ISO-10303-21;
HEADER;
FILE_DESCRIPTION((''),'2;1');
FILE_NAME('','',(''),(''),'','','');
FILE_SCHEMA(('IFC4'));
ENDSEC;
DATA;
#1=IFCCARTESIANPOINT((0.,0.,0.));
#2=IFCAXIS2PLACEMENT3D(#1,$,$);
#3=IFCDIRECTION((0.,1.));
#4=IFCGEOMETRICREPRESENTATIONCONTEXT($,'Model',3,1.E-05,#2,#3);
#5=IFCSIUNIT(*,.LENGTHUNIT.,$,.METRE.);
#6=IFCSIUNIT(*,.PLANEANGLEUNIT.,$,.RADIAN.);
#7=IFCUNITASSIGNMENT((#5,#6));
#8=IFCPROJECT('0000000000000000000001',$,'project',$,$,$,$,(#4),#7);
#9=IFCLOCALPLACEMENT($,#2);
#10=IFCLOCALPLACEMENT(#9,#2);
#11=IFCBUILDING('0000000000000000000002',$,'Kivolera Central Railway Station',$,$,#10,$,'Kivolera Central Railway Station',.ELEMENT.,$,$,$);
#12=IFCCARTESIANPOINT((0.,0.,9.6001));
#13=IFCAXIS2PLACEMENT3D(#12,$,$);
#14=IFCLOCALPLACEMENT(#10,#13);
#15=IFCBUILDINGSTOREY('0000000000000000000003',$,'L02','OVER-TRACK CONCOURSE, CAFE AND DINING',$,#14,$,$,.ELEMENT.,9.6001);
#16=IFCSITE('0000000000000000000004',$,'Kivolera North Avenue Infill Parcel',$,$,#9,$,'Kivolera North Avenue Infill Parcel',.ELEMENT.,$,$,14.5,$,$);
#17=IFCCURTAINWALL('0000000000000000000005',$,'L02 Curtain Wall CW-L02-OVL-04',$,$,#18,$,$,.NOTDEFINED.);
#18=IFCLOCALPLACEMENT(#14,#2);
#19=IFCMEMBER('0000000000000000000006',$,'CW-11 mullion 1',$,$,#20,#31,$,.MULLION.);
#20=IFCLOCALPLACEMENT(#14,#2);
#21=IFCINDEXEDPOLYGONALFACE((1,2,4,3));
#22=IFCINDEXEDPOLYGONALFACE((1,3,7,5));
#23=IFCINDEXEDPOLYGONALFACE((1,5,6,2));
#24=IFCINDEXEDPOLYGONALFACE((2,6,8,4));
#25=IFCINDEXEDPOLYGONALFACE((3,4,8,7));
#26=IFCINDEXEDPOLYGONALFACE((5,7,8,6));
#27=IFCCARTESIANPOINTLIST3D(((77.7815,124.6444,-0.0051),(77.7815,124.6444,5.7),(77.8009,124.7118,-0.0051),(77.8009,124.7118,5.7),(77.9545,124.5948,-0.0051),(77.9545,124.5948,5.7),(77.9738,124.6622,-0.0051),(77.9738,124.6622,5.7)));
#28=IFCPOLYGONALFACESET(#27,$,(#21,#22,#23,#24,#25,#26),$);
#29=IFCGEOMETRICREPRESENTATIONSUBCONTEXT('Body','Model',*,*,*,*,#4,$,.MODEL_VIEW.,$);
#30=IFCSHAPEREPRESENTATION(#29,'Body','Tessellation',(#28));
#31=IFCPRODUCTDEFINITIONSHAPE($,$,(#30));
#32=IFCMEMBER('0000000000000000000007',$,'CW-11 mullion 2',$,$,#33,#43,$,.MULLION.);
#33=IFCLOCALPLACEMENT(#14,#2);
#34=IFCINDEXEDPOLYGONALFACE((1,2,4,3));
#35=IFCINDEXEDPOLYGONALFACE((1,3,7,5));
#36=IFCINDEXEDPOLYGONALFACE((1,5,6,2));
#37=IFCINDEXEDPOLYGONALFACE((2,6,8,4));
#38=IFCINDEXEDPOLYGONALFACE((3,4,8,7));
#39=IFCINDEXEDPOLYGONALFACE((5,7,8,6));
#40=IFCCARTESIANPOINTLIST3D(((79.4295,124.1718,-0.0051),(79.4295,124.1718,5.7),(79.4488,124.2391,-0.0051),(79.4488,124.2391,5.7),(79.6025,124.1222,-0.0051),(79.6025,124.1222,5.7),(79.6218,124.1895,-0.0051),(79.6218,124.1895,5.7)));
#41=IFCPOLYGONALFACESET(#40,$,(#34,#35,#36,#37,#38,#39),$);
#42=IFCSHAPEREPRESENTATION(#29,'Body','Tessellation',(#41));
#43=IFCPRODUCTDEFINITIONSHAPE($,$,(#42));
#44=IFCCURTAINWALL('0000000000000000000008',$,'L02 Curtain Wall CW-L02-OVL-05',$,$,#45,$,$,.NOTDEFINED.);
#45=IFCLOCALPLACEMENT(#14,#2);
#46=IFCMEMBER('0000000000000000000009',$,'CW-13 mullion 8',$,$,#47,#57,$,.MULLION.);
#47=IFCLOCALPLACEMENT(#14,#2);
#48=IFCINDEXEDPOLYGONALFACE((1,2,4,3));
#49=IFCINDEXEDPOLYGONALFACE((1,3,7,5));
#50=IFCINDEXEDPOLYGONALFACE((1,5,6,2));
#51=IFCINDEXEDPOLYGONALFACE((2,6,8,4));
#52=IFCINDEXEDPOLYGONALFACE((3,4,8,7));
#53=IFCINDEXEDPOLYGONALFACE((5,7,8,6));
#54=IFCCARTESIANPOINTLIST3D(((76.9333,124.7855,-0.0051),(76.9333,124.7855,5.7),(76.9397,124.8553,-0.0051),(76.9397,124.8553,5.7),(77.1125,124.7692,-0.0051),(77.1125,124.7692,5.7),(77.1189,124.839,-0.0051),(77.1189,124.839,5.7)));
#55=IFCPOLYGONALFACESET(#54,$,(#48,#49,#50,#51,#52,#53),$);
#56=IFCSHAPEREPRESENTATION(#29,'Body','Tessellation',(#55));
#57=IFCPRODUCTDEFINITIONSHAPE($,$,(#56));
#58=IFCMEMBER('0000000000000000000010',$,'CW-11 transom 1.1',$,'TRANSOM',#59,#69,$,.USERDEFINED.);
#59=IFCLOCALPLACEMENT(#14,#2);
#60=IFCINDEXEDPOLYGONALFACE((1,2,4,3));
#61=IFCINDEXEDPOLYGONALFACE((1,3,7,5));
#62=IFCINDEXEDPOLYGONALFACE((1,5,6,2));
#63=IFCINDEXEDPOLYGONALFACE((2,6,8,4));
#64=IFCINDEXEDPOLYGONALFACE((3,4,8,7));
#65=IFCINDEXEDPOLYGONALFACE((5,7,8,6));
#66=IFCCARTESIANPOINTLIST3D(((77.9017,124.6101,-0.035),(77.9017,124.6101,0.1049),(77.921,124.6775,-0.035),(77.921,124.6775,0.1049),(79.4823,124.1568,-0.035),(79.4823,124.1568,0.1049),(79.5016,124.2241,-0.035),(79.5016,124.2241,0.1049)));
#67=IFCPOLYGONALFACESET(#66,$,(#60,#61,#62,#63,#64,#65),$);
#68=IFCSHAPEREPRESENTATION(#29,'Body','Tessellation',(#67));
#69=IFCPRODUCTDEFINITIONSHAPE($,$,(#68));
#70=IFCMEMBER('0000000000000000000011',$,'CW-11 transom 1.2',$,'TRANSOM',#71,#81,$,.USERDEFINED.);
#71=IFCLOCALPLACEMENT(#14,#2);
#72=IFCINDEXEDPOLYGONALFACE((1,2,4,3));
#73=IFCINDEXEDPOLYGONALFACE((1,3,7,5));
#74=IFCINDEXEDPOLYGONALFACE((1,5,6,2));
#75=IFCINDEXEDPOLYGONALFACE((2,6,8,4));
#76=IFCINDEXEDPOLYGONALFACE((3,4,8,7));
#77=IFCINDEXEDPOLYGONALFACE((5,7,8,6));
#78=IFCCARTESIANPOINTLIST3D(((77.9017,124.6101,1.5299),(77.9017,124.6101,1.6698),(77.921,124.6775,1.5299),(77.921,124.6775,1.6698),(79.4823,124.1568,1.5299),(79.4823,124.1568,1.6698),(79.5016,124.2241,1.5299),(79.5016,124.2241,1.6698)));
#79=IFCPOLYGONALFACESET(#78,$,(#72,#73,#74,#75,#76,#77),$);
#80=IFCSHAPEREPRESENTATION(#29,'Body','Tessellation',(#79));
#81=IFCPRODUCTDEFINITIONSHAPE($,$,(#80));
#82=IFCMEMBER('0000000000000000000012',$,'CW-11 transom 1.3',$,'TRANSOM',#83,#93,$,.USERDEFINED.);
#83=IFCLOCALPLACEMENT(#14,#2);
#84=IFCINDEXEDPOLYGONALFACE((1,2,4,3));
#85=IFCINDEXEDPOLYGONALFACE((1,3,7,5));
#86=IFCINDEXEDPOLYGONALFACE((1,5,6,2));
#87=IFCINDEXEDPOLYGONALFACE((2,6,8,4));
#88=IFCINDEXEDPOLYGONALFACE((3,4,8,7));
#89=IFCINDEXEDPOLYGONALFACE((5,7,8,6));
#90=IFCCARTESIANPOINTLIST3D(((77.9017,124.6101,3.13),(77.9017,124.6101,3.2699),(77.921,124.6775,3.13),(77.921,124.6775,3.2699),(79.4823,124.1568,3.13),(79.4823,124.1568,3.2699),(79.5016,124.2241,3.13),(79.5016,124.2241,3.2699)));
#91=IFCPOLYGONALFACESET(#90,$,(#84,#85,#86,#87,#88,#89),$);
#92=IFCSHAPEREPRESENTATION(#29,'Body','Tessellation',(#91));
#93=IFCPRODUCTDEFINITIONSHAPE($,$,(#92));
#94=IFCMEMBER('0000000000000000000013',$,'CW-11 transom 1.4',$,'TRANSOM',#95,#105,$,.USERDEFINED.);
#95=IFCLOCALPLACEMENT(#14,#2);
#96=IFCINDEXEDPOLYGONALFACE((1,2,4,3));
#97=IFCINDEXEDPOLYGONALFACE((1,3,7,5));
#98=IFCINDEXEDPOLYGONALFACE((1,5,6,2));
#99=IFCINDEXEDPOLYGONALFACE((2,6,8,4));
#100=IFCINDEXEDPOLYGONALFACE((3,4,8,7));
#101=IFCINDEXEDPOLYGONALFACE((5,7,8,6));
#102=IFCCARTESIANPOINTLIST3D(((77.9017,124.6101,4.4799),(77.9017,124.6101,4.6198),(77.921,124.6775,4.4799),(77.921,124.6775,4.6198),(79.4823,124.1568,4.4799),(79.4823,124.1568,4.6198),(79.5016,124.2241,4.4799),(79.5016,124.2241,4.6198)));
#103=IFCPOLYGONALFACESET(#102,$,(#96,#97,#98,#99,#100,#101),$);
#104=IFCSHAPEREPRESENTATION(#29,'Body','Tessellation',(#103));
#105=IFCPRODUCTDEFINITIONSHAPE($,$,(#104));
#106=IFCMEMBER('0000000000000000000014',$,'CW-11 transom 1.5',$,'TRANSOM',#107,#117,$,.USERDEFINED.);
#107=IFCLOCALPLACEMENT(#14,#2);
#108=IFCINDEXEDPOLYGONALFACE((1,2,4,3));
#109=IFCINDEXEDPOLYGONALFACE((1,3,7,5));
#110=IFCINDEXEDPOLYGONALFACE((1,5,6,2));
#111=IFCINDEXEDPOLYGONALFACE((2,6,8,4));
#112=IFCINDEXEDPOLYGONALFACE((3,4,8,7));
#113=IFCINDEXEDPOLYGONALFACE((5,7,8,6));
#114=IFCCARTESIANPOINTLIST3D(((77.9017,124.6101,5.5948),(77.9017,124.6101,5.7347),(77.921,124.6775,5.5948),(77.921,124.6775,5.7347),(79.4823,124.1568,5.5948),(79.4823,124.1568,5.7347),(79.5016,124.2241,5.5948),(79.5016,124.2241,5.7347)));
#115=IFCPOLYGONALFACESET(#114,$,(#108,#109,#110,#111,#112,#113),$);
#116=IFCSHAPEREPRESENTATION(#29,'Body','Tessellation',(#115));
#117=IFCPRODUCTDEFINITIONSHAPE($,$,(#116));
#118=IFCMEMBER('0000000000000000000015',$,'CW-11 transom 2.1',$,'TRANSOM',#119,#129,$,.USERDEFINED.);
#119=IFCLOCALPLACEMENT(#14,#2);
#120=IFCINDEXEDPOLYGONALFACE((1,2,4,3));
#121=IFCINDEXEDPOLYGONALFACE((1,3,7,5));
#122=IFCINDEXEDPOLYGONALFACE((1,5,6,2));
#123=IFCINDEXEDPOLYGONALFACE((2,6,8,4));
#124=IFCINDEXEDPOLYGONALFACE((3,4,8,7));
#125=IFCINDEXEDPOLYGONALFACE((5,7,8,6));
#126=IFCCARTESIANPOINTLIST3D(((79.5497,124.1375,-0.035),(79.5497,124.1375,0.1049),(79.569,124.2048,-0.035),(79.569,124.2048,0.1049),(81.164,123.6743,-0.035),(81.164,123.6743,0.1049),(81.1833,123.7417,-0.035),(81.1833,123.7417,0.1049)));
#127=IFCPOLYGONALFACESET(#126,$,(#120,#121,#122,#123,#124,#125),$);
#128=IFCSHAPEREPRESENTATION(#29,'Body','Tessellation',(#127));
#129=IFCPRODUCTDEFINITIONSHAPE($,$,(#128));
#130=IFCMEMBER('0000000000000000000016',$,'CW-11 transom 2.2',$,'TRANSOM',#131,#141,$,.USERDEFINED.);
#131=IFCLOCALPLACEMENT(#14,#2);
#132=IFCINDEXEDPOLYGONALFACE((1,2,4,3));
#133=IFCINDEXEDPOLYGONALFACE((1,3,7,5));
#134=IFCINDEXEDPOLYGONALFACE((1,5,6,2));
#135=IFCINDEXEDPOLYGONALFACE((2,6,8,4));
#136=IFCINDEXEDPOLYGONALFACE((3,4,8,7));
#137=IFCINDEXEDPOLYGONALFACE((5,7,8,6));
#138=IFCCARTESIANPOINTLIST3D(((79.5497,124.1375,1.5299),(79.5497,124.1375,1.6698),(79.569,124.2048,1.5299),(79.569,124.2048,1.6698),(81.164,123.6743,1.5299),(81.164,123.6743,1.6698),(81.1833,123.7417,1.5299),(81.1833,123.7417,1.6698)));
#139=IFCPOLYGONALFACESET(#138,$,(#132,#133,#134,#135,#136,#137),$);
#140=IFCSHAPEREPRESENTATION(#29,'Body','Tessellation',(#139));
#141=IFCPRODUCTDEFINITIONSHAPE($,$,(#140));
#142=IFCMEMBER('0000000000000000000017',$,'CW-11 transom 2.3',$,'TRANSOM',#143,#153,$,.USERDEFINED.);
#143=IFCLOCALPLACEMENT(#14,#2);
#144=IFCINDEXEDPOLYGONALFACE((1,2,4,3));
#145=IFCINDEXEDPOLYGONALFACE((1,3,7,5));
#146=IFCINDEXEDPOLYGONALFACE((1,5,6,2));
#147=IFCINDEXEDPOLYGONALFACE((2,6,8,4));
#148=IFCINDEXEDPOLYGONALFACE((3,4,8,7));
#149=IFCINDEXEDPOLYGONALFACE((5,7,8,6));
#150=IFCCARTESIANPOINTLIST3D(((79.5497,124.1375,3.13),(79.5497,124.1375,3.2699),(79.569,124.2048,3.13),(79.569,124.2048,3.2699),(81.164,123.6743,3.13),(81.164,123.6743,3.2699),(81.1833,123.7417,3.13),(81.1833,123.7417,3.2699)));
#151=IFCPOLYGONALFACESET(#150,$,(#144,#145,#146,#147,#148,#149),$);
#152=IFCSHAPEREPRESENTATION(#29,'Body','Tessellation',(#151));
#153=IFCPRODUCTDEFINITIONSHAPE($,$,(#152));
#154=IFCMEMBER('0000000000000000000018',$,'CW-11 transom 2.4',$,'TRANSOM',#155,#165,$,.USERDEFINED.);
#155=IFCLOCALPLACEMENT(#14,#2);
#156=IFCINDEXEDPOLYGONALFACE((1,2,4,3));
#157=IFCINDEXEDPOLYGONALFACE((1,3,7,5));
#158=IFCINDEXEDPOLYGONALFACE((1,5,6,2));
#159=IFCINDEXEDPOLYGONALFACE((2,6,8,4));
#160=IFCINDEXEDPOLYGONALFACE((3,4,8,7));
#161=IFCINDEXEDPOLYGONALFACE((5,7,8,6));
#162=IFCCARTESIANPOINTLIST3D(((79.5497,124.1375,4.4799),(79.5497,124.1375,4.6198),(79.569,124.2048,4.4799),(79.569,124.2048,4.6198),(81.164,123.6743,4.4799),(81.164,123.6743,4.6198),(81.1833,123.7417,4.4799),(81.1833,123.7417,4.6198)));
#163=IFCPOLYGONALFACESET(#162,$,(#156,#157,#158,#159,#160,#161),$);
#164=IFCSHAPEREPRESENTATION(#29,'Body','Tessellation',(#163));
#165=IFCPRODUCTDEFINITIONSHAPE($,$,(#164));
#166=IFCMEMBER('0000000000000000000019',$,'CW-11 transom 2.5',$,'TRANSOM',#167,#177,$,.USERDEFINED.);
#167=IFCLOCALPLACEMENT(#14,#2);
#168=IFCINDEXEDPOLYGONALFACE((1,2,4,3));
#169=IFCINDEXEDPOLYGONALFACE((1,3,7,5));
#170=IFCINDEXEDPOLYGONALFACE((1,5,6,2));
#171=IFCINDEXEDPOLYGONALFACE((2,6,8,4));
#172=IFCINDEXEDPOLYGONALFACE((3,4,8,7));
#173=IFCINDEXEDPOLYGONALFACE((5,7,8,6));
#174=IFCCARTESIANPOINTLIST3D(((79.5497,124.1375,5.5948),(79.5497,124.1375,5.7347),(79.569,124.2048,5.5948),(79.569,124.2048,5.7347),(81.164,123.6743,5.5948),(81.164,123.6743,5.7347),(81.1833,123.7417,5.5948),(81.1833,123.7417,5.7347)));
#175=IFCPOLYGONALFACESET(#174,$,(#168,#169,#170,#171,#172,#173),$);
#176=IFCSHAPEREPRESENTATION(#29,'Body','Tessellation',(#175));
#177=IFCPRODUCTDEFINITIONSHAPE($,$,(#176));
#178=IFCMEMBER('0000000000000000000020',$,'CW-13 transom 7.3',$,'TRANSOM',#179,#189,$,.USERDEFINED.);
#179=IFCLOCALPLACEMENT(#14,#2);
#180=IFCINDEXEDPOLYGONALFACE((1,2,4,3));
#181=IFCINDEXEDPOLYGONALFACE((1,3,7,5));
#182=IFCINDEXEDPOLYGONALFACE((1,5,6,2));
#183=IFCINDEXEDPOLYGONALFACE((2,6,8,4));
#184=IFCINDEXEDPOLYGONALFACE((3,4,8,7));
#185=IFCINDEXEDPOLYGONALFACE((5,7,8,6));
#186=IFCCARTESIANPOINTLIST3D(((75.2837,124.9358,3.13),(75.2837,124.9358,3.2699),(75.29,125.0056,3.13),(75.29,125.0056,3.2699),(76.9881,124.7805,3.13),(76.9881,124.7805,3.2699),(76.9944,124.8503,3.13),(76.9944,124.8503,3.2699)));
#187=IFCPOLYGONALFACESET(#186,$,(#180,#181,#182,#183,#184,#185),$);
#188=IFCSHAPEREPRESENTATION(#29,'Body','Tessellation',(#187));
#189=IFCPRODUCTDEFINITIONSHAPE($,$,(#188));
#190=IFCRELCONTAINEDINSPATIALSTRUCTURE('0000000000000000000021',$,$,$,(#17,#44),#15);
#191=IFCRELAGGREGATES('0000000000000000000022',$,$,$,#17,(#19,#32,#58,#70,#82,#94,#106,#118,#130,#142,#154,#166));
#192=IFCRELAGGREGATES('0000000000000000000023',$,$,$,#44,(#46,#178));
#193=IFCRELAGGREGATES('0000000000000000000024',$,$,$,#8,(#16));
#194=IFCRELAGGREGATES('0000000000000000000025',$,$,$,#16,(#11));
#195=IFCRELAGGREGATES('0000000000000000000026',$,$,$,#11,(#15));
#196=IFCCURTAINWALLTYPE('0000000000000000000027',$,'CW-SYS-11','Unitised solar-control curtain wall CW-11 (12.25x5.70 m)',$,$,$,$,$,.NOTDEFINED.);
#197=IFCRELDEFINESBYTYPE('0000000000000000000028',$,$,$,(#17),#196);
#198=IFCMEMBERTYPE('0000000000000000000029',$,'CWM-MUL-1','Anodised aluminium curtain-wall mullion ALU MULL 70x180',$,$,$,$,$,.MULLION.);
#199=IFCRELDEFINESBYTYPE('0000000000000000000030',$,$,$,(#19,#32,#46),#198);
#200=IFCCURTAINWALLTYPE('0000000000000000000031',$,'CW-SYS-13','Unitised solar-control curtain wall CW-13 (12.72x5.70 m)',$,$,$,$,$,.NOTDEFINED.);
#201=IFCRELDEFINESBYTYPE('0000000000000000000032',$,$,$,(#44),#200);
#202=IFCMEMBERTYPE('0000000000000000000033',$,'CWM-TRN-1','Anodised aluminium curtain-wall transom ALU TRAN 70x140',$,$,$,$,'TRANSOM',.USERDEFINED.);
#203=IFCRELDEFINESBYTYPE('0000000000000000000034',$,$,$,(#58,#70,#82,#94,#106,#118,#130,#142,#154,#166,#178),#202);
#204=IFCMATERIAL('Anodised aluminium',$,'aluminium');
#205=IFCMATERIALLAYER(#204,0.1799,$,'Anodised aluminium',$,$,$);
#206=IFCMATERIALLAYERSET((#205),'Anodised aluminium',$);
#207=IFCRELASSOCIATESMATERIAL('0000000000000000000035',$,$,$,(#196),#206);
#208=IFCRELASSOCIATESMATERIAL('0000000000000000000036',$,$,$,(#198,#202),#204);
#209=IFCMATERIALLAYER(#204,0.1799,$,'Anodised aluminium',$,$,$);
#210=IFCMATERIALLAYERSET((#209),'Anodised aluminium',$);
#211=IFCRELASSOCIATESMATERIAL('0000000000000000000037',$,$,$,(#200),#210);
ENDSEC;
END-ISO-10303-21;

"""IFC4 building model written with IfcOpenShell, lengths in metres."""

from ifc_helpers import new_model, si_unit, direction, frame, origin, origin_2d, place, context, subcontext, project, spatial, rectangle, extrude, material, layer, layer_set, material_profile, profile_set, type_object, element, aggregate, save


model = new_model("IFC4")

# Units and contexts
model_context = context("Model", 3, precision=1e-05, world=origin(), true_north=direction((0.0, 1.0)))
body_context = subcontext(model_context, "Body", "Model", "MODEL_VIEW")
ifc_project = project(units=[si_unit("LENGTHUNIT", "METRE"), si_unit("PLANEANGLEUNIT", "RADIAN")], contexts=[model_context])

# Site, building, storey
site_placement = place(None, origin())
site = spatial("IfcSite", under=ifc_project, at=site_placement, Name="Kivolera North Avenue Infill Parcel", LongName="Kivolera North Avenue Infill Parcel", CompositionType="ELEMENT", RefElevation=14.5)
building_placement = place(site_placement, origin())
building = spatial("IfcBuilding", under=site, at=building_placement, Name="Kivolera Central Railway Station", LongName="Kivolera Central Railway Station", CompositionType="ELEMENT")
storey_placement = place(building_placement, frame((0.0, 0.0, 9.6001)))
storey = spatial("IfcBuildingStorey", under=building, at=storey_placement, Name="L02", Description="OVER-TRACK CONCOURSE, CAFE AND DINING", CompositionType="ELEMENT", Elevation=9.6001)

# Curtain wall, members
ifc_material_1 = material(Name="Anodised aluminium", Category="aluminium")
ifc_layer_1 = layer(ifc_material_1, 0.1799, Name="Anodised aluminium")
ifc_layer_set_1 = layer_set([ifc_layer_1], Name="Anodised aluminium")
curtain_wall_type_1 = type_object("IfcCurtainWallType", Name="CW-SYS-11", Description="Unitised solar-control curtain wall CW-11 (12.25x5.70 m)", PredefinedType="NOTDEFINED", material=ifc_layer_set_1)
curtain_wall_1_placement = place(storey_placement, origin())
curtain_wall_1 = element("IfcCurtainWall", 1, at=curtain_wall_1_placement, inside=storey, type_object=curtain_wall_type_1, Name="L02 Curtain Wall CW-L02-OVL-04", PredefinedType="NOTDEFINED")
ifc_material_profile_1 = material_profile(ifc_material_1, rectangle(XDim=0.0701, YDim=0.1799, at=origin_2d()), Name="ALU MULL 70x180")
ifc_profile_set_1 = profile_set([ifc_material_profile_1], Name="Anodised aluminium")
member_type_1 = type_object("IfcMemberType", Name="CWM-MUL-1", Description="Anodised aluminium curtain-wall mullion ALU MULL 70x180", PredefinedType="MULLION", material=ifc_profile_set_1)
member_1_placement = place(storey_placement, frame((77.8777, 124.6533, -0.0051), z_axis=(0.0, 0.0, 1.0), x_axis=(0.275692, 0.961246, 0.0)))
member_1 = element("IfcMember", 2, at=member_1_placement, type_object=member_type_1, Name="CW-11 mullion 1", PredefinedType="MULLION", context=body_context, shape_type="SweptSolid", body=[
    extrude(rectangle(XDim=0.0701, YDim=0.1799, at=origin_2d()), origin(), (0.0, 0.0, 1.0), 5.7051),
])
member_2_placement = place(storey_placement, frame((79.5256, 124.1807, -0.0051), z_axis=(0.0, 0.0, 1.0), x_axis=(0.275692, 0.961246, 0.0)))
member_2 = element("IfcMember", 3, at=member_2_placement, type_object=member_type_1, Name="CW-11 mullion 2", PredefinedType="MULLION", context=body_context, shape_type="SweptSolid", body=[
    extrude(rectangle(XDim=0.0701, YDim=0.1799, at=origin_2d()), origin(), (0.0, 0.0, 1.0), 5.7051),
])

# Curtain wall, member
ifc_layer_2 = layer(ifc_material_1, 0.1799, Name="Anodised aluminium")
ifc_layer_set_2 = layer_set([ifc_layer_2], Name="Anodised aluminium")
curtain_wall_type_2 = type_object("IfcCurtainWallType", Name="CW-SYS-13", Description="Unitised solar-control curtain wall CW-13 (12.72x5.70 m)", PredefinedType="NOTDEFINED", material=ifc_layer_set_2)
curtain_wall_2_placement = place(storey_placement, origin())
curtain_wall_2 = element("IfcCurtainWall", 4, at=curtain_wall_2_placement, inside=storey, type_object=curtain_wall_type_2, Name="L02 Curtain Wall CW-L02-OVL-05", PredefinedType="NOTDEFINED")
member_3_placement = place(storey_placement, frame((77.0261, 124.8123, -0.0051), z_axis=(0.0, 0.0, 1.0), x_axis=(0.090834, 0.995866, 0.0)))
member_3 = element("IfcMember", 5, at=member_3_placement, type_object=member_type_1, Name="CW-13 mullion 8", PredefinedType="MULLION", context=body_context, shape_type="SweptSolid", body=[
    extrude(rectangle(XDim=0.0701, YDim=0.1799, at=origin_2d()), origin(), (0.0, 0.0, 1.0), 5.7051),
])

# Members
ifc_material_profile_2 = material_profile(ifc_material_1, rectangle(XDim=0.0701, YDim=0.1399, at=origin_2d()), Name="ALU TRAN 70x140")
ifc_profile_set_2 = profile_set([ifc_material_profile_2], Name="Anodised aluminium")
member_type_2 = type_object("IfcMemberType", Name="CWM-TRN-1", Description="Anodised aluminium curtain-wall transom ALU TRAN 70x140", ElementType="TRANSOM", PredefinedType="USERDEFINED", material=ifc_profile_set_2)
member_4_placement = place(storey_placement, frame((77.9114, 124.6438, 0.0349), z_axis=(0.961238, -0.275721, 0.0), x_axis=(0.275721, 0.961238, 0.0)))
member_4 = element("IfcMember", 6, at=member_4_placement, type_object=member_type_2, Name="CW-11 transom 1.1", ObjectType="TRANSOM", PredefinedType="USERDEFINED", context=body_context, shape_type="SweptSolid", body=[
    extrude(rectangle(XDim=0.0701, YDim=0.1399, at=origin_2d()), origin(), (0.0, 0.0, 1.0), 1.6443),
])
member_5_placement = place(storey_placement, frame((77.9114, 124.6438, 1.5999), z_axis=(0.961238, -0.275721, 0.0), x_axis=(0.275721, 0.961238, 0.0)))
member_5 = element("IfcMember", 7, at=member_5_placement, type_object=member_type_2, Name="CW-11 transom 1.2", ObjectType="TRANSOM", PredefinedType="USERDEFINED", context=body_context, shape_type="SweptSolid", body=[
    extrude(rectangle(XDim=0.0701, YDim=0.1399, at=origin_2d()), origin(), (0.0, 0.0, 1.0), 1.6443),
])
member_6_placement = place(storey_placement, frame((77.9114, 124.6438, 3.2), z_axis=(0.961238, -0.275721, 0.0), x_axis=(0.275721, 0.961238, 0.0)))
member_6 = element("IfcMember", 8, at=member_6_placement, type_object=member_type_2, Name="CW-11 transom 1.3", ObjectType="TRANSOM", PredefinedType="USERDEFINED", context=body_context, shape_type="SweptSolid", body=[
    extrude(rectangle(XDim=0.0701, YDim=0.1399, at=origin_2d()), origin(), (0.0, 0.0, 1.0), 1.6443),
])
member_7_placement = place(storey_placement, frame((77.9114, 124.6438, 4.5498), z_axis=(0.961238, -0.275721, 0.0), x_axis=(0.275721, 0.961238, 0.0)))
member_7 = element("IfcMember", 9, at=member_7_placement, type_object=member_type_2, Name="CW-11 transom 1.4", ObjectType="TRANSOM", PredefinedType="USERDEFINED", context=body_context, shape_type="SweptSolid", body=[
    extrude(rectangle(XDim=0.0701, YDim=0.1399, at=origin_2d()), origin(), (0.0, 0.0, 1.0), 1.6443),
])
member_8_placement = place(storey_placement, frame((77.9114, 124.6438, 5.6648), z_axis=(0.961238, -0.275721, 0.0), x_axis=(0.275721, 0.961238, 0.0)))
member_8 = element("IfcMember", 10, at=member_8_placement, type_object=member_type_2, Name="CW-11 transom 1.5", ObjectType="TRANSOM", PredefinedType="USERDEFINED", context=body_context, shape_type="SweptSolid", body=[
    extrude(rectangle(XDim=0.0701, YDim=0.1399, at=origin_2d()), origin(), (0.0, 0.0, 1.0), 1.6443),
])
member_9_placement = place(storey_placement, frame((79.5593, 124.1711, 0.0349), z_axis=(0.961222, -0.275777, 0.0), x_axis=(0.275777, 0.961222, 0.0)))
member_9 = element("IfcMember", 11, at=member_9_placement, type_object=member_type_2, Name="CW-11 transom 2.1", ObjectType="TRANSOM", PredefinedType="USERDEFINED", context=body_context, shape_type="SweptSolid", body=[
    extrude(rectangle(XDim=0.0701, YDim=0.1399, at=origin_2d()), origin(), (0.0, 0.0, 1.0), 1.6794),
])
member_10_placement = place(storey_placement, frame((79.5593, 124.1711, 1.5999), z_axis=(0.961222, -0.275777, 0.0), x_axis=(0.275777, 0.961222, 0.0)))
member_10 = element("IfcMember", 12, at=member_10_placement, type_object=member_type_2, Name="CW-11 transom 2.2", ObjectType="TRANSOM", PredefinedType="USERDEFINED", context=body_context, shape_type="SweptSolid", body=[
    extrude(rectangle(XDim=0.0701, YDim=0.1399, at=origin_2d()), origin(), (0.0, 0.0, 1.0), 1.6794),
])
member_11_placement = place(storey_placement, frame((79.5593, 124.1711, 3.2), z_axis=(0.961222, -0.275777, 0.0), x_axis=(0.275777, 0.961222, 0.0)))
member_11 = element("IfcMember", 13, at=member_11_placement, type_object=member_type_2, Name="CW-11 transom 2.3", ObjectType="TRANSOM", PredefinedType="USERDEFINED", context=body_context, shape_type="SweptSolid", body=[
    extrude(rectangle(XDim=0.0701, YDim=0.1399, at=origin_2d()), origin(), (0.0, 0.0, 1.0), 1.6794),
])
member_12_placement = place(storey_placement, frame((79.5593, 124.1711, 4.5498), z_axis=(0.961222, -0.275777, 0.0), x_axis=(0.275777, 0.961222, 0.0)))
member_12 = element("IfcMember", 14, at=member_12_placement, type_object=member_type_2, Name="CW-11 transom 2.4", ObjectType="TRANSOM", PredefinedType="USERDEFINED", context=body_context, shape_type="SweptSolid", body=[
    extrude(rectangle(XDim=0.0701, YDim=0.1399, at=origin_2d()), origin(), (0.0, 0.0, 1.0), 1.6794),
])
member_13_placement = place(storey_placement, frame((79.5593, 124.1711, 5.6648), z_axis=(0.961222, -0.275777, 0.0), x_axis=(0.275777, 0.961222, 0.0)))
member_13 = element("IfcMember", 15, at=member_13_placement, type_object=member_type_2, Name="CW-11 transom 2.5", ObjectType="TRANSOM", PredefinedType="USERDEFINED", context=body_context, shape_type="SweptSolid", body=[
    extrude(rectangle(XDim=0.0701, YDim=0.1399, at=origin_2d()), origin(), (0.0, 0.0, 1.0), 1.6794),
])
member_14_placement = place(storey_placement, frame((75.2869, 124.9707, 3.2), z_axis=(0.995876, -0.090729, 0.0), x_axis=(0.090729, 0.995876, 0.0)))
member_14 = element("IfcMember", 16, at=member_14_placement, type_object=member_type_2, Name="CW-13 transom 7.3", ObjectType="TRANSOM", PredefinedType="USERDEFINED", context=body_context, shape_type="SweptSolid", body=[
    extrude(rectangle(XDim=0.0701, YDim=0.1399, at=origin_2d()), origin(), (0.0, 0.0, 1.0), 1.7114),
])

aggregate(curtain_wall_1, [member_1, member_2, member_4, member_5, member_6, member_7, member_8, member_9, member_10, member_11, member_12, member_13])
aggregate(curtain_wall_2, [member_3, member_14])

save(model, "model.ifc")
